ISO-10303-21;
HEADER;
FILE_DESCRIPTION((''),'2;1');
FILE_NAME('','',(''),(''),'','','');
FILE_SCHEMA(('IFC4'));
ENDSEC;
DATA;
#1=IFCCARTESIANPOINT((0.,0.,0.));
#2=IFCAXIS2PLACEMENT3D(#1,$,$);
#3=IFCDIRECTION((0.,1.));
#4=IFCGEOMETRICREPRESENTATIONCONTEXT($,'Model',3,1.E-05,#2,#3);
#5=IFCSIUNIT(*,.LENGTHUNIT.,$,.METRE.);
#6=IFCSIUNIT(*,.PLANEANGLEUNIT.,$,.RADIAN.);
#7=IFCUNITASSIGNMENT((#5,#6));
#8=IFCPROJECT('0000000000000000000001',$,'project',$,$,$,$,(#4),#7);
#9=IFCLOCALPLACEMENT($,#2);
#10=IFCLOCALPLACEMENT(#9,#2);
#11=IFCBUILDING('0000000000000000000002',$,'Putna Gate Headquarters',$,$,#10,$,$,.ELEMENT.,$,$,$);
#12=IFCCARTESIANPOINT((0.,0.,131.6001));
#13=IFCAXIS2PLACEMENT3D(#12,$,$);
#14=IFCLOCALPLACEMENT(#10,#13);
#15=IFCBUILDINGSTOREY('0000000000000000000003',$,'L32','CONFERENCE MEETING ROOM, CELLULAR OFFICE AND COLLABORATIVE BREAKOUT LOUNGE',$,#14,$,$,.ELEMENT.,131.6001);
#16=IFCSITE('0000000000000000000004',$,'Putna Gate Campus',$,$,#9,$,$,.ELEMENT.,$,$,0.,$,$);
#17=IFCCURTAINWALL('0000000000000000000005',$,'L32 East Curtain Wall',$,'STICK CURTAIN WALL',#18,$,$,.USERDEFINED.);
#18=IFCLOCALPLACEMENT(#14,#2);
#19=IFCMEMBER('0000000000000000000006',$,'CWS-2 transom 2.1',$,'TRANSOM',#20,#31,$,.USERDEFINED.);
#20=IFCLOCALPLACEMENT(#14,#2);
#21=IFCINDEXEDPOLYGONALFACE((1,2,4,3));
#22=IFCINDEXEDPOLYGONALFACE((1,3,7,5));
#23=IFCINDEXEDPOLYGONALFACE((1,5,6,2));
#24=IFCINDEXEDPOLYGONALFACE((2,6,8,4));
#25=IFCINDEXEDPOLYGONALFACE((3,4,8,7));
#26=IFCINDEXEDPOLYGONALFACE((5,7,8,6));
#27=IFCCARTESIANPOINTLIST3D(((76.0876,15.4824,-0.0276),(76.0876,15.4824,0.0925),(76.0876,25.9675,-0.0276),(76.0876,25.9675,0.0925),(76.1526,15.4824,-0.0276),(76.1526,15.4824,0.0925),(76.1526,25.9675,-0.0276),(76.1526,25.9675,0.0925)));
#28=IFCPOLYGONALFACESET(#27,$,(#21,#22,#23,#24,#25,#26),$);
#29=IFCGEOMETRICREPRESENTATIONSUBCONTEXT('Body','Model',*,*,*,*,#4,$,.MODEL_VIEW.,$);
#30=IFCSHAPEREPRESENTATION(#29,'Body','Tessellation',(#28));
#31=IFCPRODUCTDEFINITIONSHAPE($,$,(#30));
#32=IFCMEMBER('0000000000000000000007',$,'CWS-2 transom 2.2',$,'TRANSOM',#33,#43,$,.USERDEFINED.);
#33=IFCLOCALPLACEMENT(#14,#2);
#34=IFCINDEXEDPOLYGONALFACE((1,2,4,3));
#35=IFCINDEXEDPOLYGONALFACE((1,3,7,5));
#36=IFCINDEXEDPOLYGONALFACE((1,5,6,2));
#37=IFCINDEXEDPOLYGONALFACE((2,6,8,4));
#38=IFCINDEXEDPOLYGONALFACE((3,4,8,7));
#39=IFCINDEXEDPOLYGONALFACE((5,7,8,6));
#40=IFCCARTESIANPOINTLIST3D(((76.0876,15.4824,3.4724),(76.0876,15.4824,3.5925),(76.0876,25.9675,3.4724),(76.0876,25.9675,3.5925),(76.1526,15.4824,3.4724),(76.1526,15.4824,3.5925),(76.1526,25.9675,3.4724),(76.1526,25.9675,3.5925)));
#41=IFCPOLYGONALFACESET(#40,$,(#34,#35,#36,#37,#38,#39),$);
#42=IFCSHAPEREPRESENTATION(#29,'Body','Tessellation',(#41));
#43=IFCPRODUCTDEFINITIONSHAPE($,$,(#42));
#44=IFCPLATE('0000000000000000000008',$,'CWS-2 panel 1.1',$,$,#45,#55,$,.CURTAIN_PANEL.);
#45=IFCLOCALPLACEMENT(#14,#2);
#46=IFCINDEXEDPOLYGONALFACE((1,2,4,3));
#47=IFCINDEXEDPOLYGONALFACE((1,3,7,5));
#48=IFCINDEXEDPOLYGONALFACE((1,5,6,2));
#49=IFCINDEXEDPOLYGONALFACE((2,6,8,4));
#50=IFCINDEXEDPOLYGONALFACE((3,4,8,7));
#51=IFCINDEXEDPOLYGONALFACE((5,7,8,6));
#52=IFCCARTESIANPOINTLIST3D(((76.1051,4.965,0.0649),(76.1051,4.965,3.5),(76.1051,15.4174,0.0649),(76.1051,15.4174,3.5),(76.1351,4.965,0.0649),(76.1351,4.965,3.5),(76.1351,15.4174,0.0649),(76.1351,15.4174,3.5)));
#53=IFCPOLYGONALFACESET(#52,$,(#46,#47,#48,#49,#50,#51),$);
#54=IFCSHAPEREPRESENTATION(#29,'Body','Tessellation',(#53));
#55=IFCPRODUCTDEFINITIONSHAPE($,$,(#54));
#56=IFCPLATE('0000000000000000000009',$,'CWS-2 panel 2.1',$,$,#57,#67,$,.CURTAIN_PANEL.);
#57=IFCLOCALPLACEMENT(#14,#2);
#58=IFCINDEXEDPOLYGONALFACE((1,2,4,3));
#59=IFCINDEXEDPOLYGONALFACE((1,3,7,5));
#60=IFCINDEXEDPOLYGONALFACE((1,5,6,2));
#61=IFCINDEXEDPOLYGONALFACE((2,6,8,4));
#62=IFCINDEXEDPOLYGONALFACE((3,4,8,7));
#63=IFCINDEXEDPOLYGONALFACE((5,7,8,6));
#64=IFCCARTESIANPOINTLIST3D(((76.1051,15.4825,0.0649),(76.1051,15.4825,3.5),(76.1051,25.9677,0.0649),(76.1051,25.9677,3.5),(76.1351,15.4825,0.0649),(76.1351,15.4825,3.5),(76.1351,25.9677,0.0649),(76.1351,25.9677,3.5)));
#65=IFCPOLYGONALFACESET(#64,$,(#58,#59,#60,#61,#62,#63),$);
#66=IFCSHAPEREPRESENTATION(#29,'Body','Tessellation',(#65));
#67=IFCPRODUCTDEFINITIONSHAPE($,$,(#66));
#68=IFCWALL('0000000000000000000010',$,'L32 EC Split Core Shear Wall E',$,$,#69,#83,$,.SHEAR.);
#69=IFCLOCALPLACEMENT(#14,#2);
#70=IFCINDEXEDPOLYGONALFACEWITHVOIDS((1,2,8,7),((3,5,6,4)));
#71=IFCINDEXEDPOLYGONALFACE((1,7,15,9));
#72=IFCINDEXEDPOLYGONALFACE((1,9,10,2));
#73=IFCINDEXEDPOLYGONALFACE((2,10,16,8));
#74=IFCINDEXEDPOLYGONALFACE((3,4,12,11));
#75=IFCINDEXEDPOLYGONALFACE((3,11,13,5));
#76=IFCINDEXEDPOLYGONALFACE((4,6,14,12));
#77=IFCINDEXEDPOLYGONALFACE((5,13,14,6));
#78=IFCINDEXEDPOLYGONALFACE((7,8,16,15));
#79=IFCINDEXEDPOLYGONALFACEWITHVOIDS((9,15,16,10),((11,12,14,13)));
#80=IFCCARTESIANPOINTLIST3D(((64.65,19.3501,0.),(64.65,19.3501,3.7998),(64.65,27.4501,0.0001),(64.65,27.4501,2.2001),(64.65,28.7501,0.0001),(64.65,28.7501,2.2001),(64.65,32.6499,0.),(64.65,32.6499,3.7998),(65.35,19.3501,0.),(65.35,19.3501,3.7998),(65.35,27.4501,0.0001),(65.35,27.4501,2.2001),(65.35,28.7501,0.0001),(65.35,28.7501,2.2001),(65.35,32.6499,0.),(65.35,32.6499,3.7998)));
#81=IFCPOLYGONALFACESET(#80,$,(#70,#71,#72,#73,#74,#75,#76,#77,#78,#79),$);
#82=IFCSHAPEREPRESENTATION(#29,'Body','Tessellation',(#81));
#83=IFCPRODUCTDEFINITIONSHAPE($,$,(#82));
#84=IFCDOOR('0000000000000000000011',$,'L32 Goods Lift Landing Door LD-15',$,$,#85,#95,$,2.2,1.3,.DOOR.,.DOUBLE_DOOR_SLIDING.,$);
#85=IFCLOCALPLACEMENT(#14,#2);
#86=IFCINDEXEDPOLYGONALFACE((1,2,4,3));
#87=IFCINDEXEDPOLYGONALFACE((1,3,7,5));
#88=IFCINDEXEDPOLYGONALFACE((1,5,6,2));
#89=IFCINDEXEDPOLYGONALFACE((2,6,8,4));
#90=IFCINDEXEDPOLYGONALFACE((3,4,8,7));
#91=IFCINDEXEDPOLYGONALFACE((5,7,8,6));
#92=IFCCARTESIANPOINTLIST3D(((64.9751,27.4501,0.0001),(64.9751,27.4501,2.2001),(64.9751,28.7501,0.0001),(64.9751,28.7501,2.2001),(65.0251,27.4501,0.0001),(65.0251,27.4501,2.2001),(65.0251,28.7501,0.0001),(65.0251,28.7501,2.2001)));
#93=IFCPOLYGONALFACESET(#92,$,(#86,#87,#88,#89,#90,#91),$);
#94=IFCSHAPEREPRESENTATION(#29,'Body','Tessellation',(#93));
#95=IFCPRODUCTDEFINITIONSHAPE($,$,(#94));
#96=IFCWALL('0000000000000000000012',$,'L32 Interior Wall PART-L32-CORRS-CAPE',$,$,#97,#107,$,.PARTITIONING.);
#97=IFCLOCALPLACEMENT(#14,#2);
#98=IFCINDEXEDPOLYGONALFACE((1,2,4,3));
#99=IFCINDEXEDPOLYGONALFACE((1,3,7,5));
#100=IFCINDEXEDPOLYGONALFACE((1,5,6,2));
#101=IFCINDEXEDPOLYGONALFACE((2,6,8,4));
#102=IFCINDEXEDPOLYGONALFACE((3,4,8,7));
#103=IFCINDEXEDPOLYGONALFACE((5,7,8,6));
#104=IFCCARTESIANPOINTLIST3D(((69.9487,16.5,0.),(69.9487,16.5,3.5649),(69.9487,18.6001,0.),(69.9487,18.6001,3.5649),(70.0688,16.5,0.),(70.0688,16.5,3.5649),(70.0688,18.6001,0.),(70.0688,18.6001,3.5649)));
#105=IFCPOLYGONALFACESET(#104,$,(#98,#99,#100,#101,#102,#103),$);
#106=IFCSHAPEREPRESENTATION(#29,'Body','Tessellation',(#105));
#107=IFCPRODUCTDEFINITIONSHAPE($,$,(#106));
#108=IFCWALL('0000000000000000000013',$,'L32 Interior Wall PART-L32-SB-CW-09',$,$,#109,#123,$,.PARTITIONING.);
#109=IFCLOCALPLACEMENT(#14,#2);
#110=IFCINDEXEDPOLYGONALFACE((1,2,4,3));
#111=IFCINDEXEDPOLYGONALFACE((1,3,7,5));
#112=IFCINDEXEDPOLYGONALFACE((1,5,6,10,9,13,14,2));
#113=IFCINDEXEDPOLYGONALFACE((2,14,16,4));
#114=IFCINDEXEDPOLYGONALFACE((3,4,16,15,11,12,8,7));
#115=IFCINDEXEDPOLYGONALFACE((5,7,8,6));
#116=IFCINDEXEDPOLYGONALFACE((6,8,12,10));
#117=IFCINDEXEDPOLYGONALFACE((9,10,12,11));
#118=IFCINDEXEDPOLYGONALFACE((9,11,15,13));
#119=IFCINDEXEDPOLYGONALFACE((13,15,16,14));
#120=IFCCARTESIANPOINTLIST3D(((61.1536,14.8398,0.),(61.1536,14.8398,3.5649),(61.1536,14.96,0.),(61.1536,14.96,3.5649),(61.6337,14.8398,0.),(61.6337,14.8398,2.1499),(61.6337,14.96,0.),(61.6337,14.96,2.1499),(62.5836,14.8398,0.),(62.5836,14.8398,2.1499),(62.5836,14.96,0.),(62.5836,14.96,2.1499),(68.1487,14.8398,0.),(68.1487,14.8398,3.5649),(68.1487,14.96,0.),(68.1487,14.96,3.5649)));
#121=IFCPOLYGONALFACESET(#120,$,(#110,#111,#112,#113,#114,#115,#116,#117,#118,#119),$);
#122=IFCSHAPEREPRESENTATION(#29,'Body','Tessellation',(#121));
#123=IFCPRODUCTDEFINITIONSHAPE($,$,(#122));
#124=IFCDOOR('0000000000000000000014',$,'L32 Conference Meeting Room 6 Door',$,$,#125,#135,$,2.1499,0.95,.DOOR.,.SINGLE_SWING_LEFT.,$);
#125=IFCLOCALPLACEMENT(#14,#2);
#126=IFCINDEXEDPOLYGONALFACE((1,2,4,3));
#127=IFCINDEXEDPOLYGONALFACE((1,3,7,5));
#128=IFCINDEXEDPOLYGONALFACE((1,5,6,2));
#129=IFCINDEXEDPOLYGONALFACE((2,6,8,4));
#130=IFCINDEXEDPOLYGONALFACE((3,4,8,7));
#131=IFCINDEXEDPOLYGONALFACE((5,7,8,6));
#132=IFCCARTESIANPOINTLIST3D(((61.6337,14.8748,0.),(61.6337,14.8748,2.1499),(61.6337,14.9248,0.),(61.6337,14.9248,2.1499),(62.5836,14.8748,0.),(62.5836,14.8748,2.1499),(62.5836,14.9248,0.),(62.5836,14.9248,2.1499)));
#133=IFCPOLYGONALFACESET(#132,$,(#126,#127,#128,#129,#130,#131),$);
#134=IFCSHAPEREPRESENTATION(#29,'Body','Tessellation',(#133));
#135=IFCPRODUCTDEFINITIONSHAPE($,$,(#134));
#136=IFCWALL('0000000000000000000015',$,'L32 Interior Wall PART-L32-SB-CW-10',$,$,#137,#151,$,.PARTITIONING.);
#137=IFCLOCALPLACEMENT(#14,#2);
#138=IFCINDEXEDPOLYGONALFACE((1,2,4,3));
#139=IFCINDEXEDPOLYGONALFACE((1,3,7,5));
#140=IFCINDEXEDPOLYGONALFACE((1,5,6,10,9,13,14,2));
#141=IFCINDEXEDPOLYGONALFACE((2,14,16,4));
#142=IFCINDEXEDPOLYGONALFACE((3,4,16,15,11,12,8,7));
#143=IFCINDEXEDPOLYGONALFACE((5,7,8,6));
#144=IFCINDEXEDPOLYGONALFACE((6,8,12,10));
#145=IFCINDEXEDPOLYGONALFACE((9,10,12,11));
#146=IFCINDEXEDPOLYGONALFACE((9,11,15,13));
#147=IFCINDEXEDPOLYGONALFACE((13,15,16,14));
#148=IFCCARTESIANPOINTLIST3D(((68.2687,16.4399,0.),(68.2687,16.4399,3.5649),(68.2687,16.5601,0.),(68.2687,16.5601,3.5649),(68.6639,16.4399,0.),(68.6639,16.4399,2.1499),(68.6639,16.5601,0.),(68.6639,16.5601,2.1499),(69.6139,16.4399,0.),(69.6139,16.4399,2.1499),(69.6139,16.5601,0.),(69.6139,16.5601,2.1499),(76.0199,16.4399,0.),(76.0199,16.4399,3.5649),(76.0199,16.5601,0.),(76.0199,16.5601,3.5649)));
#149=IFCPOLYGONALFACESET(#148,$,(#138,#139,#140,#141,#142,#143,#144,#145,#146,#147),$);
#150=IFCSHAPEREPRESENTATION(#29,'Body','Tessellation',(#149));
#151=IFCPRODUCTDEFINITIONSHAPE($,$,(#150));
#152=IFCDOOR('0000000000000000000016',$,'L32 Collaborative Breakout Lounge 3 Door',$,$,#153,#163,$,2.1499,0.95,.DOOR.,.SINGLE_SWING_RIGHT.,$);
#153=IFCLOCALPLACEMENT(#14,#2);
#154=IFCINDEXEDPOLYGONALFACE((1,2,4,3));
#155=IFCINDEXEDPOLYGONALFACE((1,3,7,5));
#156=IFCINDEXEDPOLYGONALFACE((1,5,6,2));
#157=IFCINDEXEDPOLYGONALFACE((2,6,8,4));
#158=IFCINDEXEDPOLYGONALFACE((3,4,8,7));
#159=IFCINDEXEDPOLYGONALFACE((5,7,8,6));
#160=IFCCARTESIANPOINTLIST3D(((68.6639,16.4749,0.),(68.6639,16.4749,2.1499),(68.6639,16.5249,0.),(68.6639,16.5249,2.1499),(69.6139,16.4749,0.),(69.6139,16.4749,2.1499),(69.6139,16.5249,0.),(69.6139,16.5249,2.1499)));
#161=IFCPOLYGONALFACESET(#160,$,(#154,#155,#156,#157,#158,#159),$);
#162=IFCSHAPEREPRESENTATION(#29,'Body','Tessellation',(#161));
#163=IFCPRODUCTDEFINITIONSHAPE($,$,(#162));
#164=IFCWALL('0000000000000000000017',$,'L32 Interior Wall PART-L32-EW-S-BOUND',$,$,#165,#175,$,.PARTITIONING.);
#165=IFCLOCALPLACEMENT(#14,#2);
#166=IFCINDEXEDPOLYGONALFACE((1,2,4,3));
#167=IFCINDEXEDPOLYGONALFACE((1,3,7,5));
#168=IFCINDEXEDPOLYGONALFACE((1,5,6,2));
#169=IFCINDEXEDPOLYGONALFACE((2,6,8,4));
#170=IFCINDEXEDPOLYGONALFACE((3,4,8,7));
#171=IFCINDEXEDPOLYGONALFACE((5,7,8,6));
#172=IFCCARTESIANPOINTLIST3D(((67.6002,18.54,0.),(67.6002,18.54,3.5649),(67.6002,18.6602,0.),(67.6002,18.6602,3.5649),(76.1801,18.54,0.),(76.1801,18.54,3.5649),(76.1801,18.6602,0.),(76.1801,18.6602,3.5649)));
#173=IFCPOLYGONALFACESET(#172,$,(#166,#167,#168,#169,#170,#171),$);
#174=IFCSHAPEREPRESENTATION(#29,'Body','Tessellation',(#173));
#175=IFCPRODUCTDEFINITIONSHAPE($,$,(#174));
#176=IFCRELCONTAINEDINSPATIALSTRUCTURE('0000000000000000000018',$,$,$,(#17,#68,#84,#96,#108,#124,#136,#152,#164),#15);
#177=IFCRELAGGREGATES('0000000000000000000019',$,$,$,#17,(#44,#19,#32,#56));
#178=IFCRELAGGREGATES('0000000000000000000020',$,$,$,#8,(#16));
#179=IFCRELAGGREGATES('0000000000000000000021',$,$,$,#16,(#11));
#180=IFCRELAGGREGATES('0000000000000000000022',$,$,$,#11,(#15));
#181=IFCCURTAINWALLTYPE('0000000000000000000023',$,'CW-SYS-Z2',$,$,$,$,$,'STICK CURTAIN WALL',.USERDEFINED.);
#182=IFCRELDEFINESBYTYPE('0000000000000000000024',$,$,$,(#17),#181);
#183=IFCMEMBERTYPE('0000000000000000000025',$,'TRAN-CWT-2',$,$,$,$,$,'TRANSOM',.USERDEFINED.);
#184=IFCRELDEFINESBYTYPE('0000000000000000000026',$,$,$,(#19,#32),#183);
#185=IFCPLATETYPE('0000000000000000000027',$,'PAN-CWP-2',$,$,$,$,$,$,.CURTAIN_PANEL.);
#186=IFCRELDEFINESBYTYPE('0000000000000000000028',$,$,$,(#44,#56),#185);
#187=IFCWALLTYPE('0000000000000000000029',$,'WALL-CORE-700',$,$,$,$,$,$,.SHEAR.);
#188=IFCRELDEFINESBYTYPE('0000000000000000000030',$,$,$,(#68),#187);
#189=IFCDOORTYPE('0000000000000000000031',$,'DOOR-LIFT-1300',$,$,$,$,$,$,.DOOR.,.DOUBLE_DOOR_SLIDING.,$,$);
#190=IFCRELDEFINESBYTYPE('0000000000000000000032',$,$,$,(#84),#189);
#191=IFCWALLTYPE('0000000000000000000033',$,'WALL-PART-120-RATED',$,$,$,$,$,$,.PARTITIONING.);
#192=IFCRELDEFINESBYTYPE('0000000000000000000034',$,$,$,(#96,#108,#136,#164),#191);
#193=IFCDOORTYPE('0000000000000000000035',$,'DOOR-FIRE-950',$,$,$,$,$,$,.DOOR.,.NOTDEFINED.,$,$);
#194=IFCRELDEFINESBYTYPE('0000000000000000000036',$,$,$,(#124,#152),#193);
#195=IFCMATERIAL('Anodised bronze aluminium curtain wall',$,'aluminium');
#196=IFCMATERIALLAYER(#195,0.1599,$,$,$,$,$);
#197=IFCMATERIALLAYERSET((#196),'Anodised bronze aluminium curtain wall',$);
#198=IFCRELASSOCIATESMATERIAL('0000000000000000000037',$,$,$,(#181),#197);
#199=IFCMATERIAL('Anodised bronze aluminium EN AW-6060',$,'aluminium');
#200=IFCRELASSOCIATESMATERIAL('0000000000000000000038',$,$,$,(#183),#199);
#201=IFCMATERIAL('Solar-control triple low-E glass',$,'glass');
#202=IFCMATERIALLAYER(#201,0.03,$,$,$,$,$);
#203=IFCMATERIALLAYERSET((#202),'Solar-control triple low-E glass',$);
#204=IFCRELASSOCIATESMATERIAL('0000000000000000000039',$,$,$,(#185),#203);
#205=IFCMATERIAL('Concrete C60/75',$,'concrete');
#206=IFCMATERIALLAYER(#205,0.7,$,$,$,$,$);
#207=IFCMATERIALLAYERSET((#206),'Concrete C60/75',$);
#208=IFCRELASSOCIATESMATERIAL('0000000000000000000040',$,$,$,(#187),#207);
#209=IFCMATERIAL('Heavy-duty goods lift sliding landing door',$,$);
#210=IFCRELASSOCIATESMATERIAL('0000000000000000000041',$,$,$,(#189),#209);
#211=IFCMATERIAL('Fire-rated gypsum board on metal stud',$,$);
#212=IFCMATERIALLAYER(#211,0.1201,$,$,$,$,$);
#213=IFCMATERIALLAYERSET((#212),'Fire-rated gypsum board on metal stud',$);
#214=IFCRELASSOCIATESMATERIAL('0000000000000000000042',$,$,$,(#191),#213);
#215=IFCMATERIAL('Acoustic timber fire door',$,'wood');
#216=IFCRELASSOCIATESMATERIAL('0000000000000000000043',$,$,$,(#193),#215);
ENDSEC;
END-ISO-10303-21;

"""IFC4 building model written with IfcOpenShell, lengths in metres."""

from ifc_helpers import new_model, si_unit, direction, frame, frame_2d, origin, origin_2d, place, context, subcontext, project, spatial, rectangle, extrude, material, layer, layer_set, material_profile, profile_set, type_object, element, fill, aggregate, save


model = new_model("IFC4")

# Units and contexts
model_context = context("Model", 3, precision=1e-05, world=origin(), true_north=direction((0.0, 1.0)))
body_context = subcontext(model_context, "Body", "Model", "MODEL_VIEW")
ifc_project = project(units=[si_unit("LENGTHUNIT", "METRE"), si_unit("PLANEANGLEUNIT", "RADIAN")], contexts=[model_context])

# Site, building, storey
site_placement = place(None, origin())
site = spatial("IfcSite", under=ifc_project, at=site_placement, Name="Putna Gate Campus", CompositionType="ELEMENT", RefElevation=0.0)
building_placement = place(site_placement, origin())
building = spatial("IfcBuilding", under=site, at=building_placement, Name="Putna Gate Headquarters", CompositionType="ELEMENT")
storey_placement = place(building_placement, frame((0.0, 0.0, 131.6001)))
storey = spatial("IfcBuildingStorey", under=building, at=storey_placement, Name="L32", Description="CONFERENCE MEETING ROOM, CELLULAR OFFICE AND COLLABORATIVE BREAKOUT LOUNGE", CompositionType="ELEMENT", Elevation=131.6001)

# Shared definitions
ifc_material_1 = material(Name="Concrete C60/75", Category="concrete")

# Curtain wall, members, plates
ifc_material_2 = material(Name="Anodised bronze aluminium curtain wall", Category="aluminium")
ifc_layer_1 = layer(ifc_material_2, 0.1599)
ifc_layer_set_1 = layer_set([ifc_layer_1], Name="Anodised bronze aluminium curtain wall")
curtain_wall_type = type_object("IfcCurtainWallType", Name="CW-SYS-Z2", ElementType="STICK CURTAIN WALL", PredefinedType="USERDEFINED", material=ifc_layer_set_1)
curtain_wall_placement = place(storey_placement, origin())
curtain_wall = element("IfcCurtainWall", 1, at=curtain_wall_placement, inside=storey, type_object=curtain_wall_type, Name="L32 East Curtain Wall", ObjectType="STICK CURTAIN WALL", PredefinedType="USERDEFINED")
ifc_material_3 = material(Name="Anodised bronze aluminium EN AW-6060", Category="aluminium")
ifc_material_profile_1 = material_profile(ifc_material_3, rectangle(XDim=0.0649, YDim=0.1201, at=origin_2d()), Name="Anodised bronze aluminium EN AW-6060")
ifc_profile_set_1 = profile_set([ifc_material_profile_1], Name="Anodised bronze aluminium EN AW-6060")
member_type_1 = type_object("IfcMemberType", Name="TRAN-CWT-2", ElementType="TRANSOM", PredefinedType="USERDEFINED", material=ifc_profile_set_1)
member_1_placement = place(storey_placement, frame((76.1201, 15.4824, 0.0325), z_axis=(0.0, 1.0, 0.0), x_axis=(-1.0, 0.0, 0.0)))
member_1 = element("IfcMember", 2, at=member_1_placement, type_object=member_type_1, Name="CWS-2 transom 2.1", ObjectType="TRANSOM", PredefinedType="USERDEFINED", context=body_context, shape_type="SweptSolid", body=[
    extrude(rectangle(XDim=0.0649, YDim=0.1201, at=origin_2d()), origin(), (0.0, 0.0, 1.0), 10.4851),
])
member_2_placement = place(storey_placement, frame((76.1201, 15.4824, 3.5325), z_axis=(0.0, 1.0, 0.0), x_axis=(-1.0, 0.0, 0.0)))
member_2 = element("IfcMember", 3, at=member_2_placement, type_object=member_type_1, Name="CWS-2 transom 2.2", ObjectType="TRANSOM", PredefinedType="USERDEFINED", context=body_context, shape_type="SweptSolid", body=[
    extrude(rectangle(XDim=0.0649, YDim=0.1201, at=origin_2d()), origin(), (0.0, 0.0, 1.0), 10.4851),
])
ifc_material_4 = material(Name="Solar-control triple low-E glass", Category="glass")
ifc_layer_2 = layer(ifc_material_4, 0.03)
ifc_layer_set_2 = layer_set([ifc_layer_2], Name="Solar-control triple low-E glass")
plate_type = type_object("IfcPlateType", Name="PAN-CWP-2", PredefinedType="CURTAIN_PANEL", material=ifc_layer_set_2)
plate_1_placement = place(storey_placement, frame((76.1201, 10.1912, 0.0649), z_axis=(0.0, 0.0, 1.0), x_axis=(0.0, 1.0, 0.0)))
plate_1 = element("IfcPlate", 4, at=plate_1_placement, type_object=plate_type, Name="CWS-2 panel 1.1", PredefinedType="CURTAIN_PANEL", context=body_context, shape_type="SweptSolid", body=[
    extrude(rectangle(XDim=10.4524, YDim=0.03, at=origin_2d()), origin(), (0.0, 0.0, 1.0), 3.4351),
])
plate_2_placement = place(storey_placement, frame((76.1201, 20.7251, 0.0649), z_axis=(0.0, 0.0, 1.0), x_axis=(0.0, 1.0, 0.0)))
plate_2 = element("IfcPlate", 5, at=plate_2_placement, type_object=plate_type, Name="CWS-2 panel 2.1", PredefinedType="CURTAIN_PANEL", context=body_context, shape_type="SweptSolid", body=[
    extrude(rectangle(XDim=10.4851, YDim=0.03, at=origin_2d()), origin(), (0.0, 0.0, 1.0), 3.4351),
])
aggregate(curtain_wall, [plate_1, member_1, member_2, plate_2])

# Wall, opening, door
ifc_layer_3 = layer(ifc_material_1, 0.7)
ifc_layer_set_3 = layer_set([ifc_layer_3], Name="Concrete C60/75")
wall_type_1 = type_object("IfcWallType", Name="WALL-CORE-700", PredefinedType="SHEAR", material=ifc_layer_set_3)
wall_1_placement = place(storey_placement, frame((65.0, 19.3501, 0.0), z_axis=(0.0, 0.0, 1.0), x_axis=(0.0, 1.0, 0.0)))
wall_1 = element("IfcWall", 6, at=wall_1_placement, inside=storey, type_object=wall_type_1, Name="L32 EC Split Core Shear Wall E", PredefinedType="SHEAR", context=body_context, shape_type="SweptSolid", body=[
    extrude(rectangle(XDim=13.2998, YDim=0.7, at=frame_2d((6.6499, 0.0))), origin(), (0.0, 0.0, 1.0), 3.7998),
])
opening_1_placement = place(wall_1_placement, frame((8.1001, 0.0, 0.0)))
opening_1 = element("IfcOpeningElement", 7, at=opening_1_placement, cuts=wall_1, PredefinedType="OPENING", context=body_context, shape_type="SweptSolid", body=[
    extrude(rectangle(XDim=1.3, YDim=2.2, at=frame_2d((0.6499, 1.1001))), frame((0.0, 0.3599, 0.0), z_axis=(0.0, -1.0, 0.0), x_axis=(1.0, 0.0, 0.0)), (0.0, 0.0, 1.0), 0.72),
])
ifc_material_5 = material(Name="Heavy-duty goods lift sliding landing door")
door_type_1 = type_object("IfcDoorType", Name="DOOR-LIFT-1300", OperationType="DOUBLE_DOOR_SLIDING", PredefinedType="DOOR", material=ifc_material_5)
door_1_placement = place(opening_1_placement, origin())
door_1 = element("IfcDoor", 8, at=door_1_placement, inside=storey, type_object=door_type_1, Name="L32 Goods Lift Landing Door LD-15", OperationType="DOUBLE_DOOR_SLIDING", OverallHeight=2.2, OverallWidth=1.3, PredefinedType="DOOR", context=body_context, shape_type="SweptSolid", body=[
    extrude(rectangle(XDim=1.3, YDim=2.2, at=frame_2d((0.6499, 1.1001))), frame((0.0, 0.0249, 0.0), z_axis=(0.0, -1.0, 0.0), x_axis=(1.0, 0.0, 0.0)), (0.0, 0.0, 1.0), 0.05),
])
fill(opening_1, door_1)

# Wall
ifc_material_6 = material(Name="Fire-rated gypsum board on metal stud")
ifc_layer_4 = layer(ifc_material_6, 0.1201)
ifc_layer_set_4 = layer_set([ifc_layer_4], Name="Fire-rated gypsum board on metal stud")
wall_type_2 = type_object("IfcWallType", Name="WALL-PART-120-RATED", PredefinedType="PARTITIONING", material=ifc_layer_set_4)
wall_2_placement = place(storey_placement, frame((70.0088, 16.5, 0.0), z_axis=(0.0, 0.0, 1.0), x_axis=(0.0, 1.0, 0.0)))
element("IfcWall", 9, at=wall_2_placement, inside=storey, type_object=wall_type_2, Name="L32 Interior Wall PART-L32-CORRS-CAPE", PredefinedType="PARTITIONING", context=body_context, shape_type="SweptSolid", body=[
    extrude(rectangle(XDim=2.1001, YDim=0.1201, at=frame_2d((1.05, 0.0))), origin(), (0.0, 0.0, 1.0), 3.5649),
])

# Walls, openings, doors
wall_3_placement = place(storey_placement, frame((61.1536, 14.8999, 0.0), z_axis=(0.0, 0.0, 1.0), x_axis=(1.0, 0.0, 0.0)))
wall_3 = element("IfcWall", 10, at=wall_3_placement, inside=storey, type_object=wall_type_2, Name="L32 Interior Wall PART-L32-SB-CW-09", PredefinedType="PARTITIONING", context=body_context, shape_type="SweptSolid", body=[
    extrude(rectangle(XDim=6.9951, YDim=0.1201, at=frame_2d((3.4976, 0.0))), origin(), (0.0, 0.0, 1.0), 3.5649),
])
opening_2_placement = place(wall_3_placement, frame((0.48, 0.0, 0.0)))
opening_2 = element("IfcOpeningElement", 11, at=opening_2_placement, cuts=wall_3, PredefinedType="OPENING", context=body_context, shape_type="SweptSolid", body=[
    extrude(rectangle(XDim=0.95, YDim=2.1499, at=frame_2d((0.4751, 1.075))), frame((0.0, 0.0701, 0.0), z_axis=(0.0, -1.0, 0.0), x_axis=(1.0, 0.0, 0.0)), (0.0, 0.0, 1.0), 0.1401),
])
ifc_material_7 = material(Name="Acoustic timber fire door", Category="wood")
door_type_2 = type_object("IfcDoorType", Name="DOOR-FIRE-950", OperationType="NOTDEFINED", PredefinedType="DOOR", material=ifc_material_7)
door_2_placement = place(opening_2_placement, origin())
door_2 = element("IfcDoor", 12, at=door_2_placement, inside=storey, type_object=door_type_2, Name="L32 Conference Meeting Room 6 Door", OperationType="SINGLE_SWING_LEFT", OverallHeight=2.1499, OverallWidth=0.95, PredefinedType="DOOR", context=body_context, shape_type="SweptSolid", body=[
    extrude(rectangle(XDim=0.95, YDim=2.1499, at=frame_2d((0.4751, 1.075))), frame((0.0, 0.0249, 0.0), z_axis=(0.0, -1.0, 0.0), x_axis=(1.0, 0.0, 0.0)), (0.0, 0.0, 1.0), 0.05),
])
fill(opening_2, door_2)
wall_4_placement = place(storey_placement, frame((68.2688, 16.5, 0.0), z_axis=(0.0, 0.0, 1.0), x_axis=(1.0, 0.0, 0.0)))
wall_4 = element("IfcWall", 13, at=wall_4_placement, inside=storey, type_object=wall_type_2, Name="L32 Interior Wall PART-L32-SB-CW-10", PredefinedType="PARTITIONING", context=body_context, shape_type="SweptSolid", body=[
    extrude(rectangle(XDim=7.7512, YDim=0.1201, at=frame_2d((3.8755, 0.0))), origin(), (0.0, 0.0, 1.0), 3.5649),
])
opening_3_placement = place(wall_4_placement, frame((0.395, 0.0, 0.0)))
opening_3 = element("IfcOpeningElement", 14, at=opening_3_placement, cuts=wall_4, PredefinedType="OPENING", context=body_context, shape_type="SweptSolid", body=[
    extrude(rectangle(XDim=0.95, YDim=2.1499, at=frame_2d((0.4751, 1.075))), frame((0.0, 0.0701, 0.0), z_axis=(0.0, -1.0, 0.0), x_axis=(1.0, 0.0, 0.0)), (0.0, 0.0, 1.0), 0.1401),
])
door_3_placement = place(opening_3_placement, origin())
door_3 = element("IfcDoor", 15, at=door_3_placement, inside=storey, type_object=door_type_2, Name="L32 Collaborative Breakout Lounge 3 Door", OperationType="SINGLE_SWING_RIGHT", OverallHeight=2.1499, OverallWidth=0.95, PredefinedType="DOOR", context=body_context, shape_type="SweptSolid", body=[
    extrude(rectangle(XDim=0.95, YDim=2.1499, at=frame_2d((0.4751, 1.075))), frame((0.0, 0.0249, 0.0), z_axis=(0.0, -1.0, 0.0), x_axis=(1.0, 0.0, 0.0)), (0.0, 0.0, 1.0), 0.05),
])
fill(opening_3, door_3)

# Wall
wall_5_placement = place(storey_placement, frame((67.6001, 18.6001, 0.0), z_axis=(0.0, 0.0, 1.0), x_axis=(1.0, 0.0, 0.0)))
element("IfcWall", 16, at=wall_5_placement, inside=storey, type_object=wall_type_2, Name="L32 Interior Wall PART-L32-EW-S-BOUND", PredefinedType="PARTITIONING", context=body_context, shape_type="SweptSolid", body=[
    extrude(rectangle(XDim=8.5798, YDim=0.1201, at=frame_2d((4.29, 0.0))), origin(), (0.0, 0.0, 1.0), 3.5649),
])

save(model, "model.ifc")
